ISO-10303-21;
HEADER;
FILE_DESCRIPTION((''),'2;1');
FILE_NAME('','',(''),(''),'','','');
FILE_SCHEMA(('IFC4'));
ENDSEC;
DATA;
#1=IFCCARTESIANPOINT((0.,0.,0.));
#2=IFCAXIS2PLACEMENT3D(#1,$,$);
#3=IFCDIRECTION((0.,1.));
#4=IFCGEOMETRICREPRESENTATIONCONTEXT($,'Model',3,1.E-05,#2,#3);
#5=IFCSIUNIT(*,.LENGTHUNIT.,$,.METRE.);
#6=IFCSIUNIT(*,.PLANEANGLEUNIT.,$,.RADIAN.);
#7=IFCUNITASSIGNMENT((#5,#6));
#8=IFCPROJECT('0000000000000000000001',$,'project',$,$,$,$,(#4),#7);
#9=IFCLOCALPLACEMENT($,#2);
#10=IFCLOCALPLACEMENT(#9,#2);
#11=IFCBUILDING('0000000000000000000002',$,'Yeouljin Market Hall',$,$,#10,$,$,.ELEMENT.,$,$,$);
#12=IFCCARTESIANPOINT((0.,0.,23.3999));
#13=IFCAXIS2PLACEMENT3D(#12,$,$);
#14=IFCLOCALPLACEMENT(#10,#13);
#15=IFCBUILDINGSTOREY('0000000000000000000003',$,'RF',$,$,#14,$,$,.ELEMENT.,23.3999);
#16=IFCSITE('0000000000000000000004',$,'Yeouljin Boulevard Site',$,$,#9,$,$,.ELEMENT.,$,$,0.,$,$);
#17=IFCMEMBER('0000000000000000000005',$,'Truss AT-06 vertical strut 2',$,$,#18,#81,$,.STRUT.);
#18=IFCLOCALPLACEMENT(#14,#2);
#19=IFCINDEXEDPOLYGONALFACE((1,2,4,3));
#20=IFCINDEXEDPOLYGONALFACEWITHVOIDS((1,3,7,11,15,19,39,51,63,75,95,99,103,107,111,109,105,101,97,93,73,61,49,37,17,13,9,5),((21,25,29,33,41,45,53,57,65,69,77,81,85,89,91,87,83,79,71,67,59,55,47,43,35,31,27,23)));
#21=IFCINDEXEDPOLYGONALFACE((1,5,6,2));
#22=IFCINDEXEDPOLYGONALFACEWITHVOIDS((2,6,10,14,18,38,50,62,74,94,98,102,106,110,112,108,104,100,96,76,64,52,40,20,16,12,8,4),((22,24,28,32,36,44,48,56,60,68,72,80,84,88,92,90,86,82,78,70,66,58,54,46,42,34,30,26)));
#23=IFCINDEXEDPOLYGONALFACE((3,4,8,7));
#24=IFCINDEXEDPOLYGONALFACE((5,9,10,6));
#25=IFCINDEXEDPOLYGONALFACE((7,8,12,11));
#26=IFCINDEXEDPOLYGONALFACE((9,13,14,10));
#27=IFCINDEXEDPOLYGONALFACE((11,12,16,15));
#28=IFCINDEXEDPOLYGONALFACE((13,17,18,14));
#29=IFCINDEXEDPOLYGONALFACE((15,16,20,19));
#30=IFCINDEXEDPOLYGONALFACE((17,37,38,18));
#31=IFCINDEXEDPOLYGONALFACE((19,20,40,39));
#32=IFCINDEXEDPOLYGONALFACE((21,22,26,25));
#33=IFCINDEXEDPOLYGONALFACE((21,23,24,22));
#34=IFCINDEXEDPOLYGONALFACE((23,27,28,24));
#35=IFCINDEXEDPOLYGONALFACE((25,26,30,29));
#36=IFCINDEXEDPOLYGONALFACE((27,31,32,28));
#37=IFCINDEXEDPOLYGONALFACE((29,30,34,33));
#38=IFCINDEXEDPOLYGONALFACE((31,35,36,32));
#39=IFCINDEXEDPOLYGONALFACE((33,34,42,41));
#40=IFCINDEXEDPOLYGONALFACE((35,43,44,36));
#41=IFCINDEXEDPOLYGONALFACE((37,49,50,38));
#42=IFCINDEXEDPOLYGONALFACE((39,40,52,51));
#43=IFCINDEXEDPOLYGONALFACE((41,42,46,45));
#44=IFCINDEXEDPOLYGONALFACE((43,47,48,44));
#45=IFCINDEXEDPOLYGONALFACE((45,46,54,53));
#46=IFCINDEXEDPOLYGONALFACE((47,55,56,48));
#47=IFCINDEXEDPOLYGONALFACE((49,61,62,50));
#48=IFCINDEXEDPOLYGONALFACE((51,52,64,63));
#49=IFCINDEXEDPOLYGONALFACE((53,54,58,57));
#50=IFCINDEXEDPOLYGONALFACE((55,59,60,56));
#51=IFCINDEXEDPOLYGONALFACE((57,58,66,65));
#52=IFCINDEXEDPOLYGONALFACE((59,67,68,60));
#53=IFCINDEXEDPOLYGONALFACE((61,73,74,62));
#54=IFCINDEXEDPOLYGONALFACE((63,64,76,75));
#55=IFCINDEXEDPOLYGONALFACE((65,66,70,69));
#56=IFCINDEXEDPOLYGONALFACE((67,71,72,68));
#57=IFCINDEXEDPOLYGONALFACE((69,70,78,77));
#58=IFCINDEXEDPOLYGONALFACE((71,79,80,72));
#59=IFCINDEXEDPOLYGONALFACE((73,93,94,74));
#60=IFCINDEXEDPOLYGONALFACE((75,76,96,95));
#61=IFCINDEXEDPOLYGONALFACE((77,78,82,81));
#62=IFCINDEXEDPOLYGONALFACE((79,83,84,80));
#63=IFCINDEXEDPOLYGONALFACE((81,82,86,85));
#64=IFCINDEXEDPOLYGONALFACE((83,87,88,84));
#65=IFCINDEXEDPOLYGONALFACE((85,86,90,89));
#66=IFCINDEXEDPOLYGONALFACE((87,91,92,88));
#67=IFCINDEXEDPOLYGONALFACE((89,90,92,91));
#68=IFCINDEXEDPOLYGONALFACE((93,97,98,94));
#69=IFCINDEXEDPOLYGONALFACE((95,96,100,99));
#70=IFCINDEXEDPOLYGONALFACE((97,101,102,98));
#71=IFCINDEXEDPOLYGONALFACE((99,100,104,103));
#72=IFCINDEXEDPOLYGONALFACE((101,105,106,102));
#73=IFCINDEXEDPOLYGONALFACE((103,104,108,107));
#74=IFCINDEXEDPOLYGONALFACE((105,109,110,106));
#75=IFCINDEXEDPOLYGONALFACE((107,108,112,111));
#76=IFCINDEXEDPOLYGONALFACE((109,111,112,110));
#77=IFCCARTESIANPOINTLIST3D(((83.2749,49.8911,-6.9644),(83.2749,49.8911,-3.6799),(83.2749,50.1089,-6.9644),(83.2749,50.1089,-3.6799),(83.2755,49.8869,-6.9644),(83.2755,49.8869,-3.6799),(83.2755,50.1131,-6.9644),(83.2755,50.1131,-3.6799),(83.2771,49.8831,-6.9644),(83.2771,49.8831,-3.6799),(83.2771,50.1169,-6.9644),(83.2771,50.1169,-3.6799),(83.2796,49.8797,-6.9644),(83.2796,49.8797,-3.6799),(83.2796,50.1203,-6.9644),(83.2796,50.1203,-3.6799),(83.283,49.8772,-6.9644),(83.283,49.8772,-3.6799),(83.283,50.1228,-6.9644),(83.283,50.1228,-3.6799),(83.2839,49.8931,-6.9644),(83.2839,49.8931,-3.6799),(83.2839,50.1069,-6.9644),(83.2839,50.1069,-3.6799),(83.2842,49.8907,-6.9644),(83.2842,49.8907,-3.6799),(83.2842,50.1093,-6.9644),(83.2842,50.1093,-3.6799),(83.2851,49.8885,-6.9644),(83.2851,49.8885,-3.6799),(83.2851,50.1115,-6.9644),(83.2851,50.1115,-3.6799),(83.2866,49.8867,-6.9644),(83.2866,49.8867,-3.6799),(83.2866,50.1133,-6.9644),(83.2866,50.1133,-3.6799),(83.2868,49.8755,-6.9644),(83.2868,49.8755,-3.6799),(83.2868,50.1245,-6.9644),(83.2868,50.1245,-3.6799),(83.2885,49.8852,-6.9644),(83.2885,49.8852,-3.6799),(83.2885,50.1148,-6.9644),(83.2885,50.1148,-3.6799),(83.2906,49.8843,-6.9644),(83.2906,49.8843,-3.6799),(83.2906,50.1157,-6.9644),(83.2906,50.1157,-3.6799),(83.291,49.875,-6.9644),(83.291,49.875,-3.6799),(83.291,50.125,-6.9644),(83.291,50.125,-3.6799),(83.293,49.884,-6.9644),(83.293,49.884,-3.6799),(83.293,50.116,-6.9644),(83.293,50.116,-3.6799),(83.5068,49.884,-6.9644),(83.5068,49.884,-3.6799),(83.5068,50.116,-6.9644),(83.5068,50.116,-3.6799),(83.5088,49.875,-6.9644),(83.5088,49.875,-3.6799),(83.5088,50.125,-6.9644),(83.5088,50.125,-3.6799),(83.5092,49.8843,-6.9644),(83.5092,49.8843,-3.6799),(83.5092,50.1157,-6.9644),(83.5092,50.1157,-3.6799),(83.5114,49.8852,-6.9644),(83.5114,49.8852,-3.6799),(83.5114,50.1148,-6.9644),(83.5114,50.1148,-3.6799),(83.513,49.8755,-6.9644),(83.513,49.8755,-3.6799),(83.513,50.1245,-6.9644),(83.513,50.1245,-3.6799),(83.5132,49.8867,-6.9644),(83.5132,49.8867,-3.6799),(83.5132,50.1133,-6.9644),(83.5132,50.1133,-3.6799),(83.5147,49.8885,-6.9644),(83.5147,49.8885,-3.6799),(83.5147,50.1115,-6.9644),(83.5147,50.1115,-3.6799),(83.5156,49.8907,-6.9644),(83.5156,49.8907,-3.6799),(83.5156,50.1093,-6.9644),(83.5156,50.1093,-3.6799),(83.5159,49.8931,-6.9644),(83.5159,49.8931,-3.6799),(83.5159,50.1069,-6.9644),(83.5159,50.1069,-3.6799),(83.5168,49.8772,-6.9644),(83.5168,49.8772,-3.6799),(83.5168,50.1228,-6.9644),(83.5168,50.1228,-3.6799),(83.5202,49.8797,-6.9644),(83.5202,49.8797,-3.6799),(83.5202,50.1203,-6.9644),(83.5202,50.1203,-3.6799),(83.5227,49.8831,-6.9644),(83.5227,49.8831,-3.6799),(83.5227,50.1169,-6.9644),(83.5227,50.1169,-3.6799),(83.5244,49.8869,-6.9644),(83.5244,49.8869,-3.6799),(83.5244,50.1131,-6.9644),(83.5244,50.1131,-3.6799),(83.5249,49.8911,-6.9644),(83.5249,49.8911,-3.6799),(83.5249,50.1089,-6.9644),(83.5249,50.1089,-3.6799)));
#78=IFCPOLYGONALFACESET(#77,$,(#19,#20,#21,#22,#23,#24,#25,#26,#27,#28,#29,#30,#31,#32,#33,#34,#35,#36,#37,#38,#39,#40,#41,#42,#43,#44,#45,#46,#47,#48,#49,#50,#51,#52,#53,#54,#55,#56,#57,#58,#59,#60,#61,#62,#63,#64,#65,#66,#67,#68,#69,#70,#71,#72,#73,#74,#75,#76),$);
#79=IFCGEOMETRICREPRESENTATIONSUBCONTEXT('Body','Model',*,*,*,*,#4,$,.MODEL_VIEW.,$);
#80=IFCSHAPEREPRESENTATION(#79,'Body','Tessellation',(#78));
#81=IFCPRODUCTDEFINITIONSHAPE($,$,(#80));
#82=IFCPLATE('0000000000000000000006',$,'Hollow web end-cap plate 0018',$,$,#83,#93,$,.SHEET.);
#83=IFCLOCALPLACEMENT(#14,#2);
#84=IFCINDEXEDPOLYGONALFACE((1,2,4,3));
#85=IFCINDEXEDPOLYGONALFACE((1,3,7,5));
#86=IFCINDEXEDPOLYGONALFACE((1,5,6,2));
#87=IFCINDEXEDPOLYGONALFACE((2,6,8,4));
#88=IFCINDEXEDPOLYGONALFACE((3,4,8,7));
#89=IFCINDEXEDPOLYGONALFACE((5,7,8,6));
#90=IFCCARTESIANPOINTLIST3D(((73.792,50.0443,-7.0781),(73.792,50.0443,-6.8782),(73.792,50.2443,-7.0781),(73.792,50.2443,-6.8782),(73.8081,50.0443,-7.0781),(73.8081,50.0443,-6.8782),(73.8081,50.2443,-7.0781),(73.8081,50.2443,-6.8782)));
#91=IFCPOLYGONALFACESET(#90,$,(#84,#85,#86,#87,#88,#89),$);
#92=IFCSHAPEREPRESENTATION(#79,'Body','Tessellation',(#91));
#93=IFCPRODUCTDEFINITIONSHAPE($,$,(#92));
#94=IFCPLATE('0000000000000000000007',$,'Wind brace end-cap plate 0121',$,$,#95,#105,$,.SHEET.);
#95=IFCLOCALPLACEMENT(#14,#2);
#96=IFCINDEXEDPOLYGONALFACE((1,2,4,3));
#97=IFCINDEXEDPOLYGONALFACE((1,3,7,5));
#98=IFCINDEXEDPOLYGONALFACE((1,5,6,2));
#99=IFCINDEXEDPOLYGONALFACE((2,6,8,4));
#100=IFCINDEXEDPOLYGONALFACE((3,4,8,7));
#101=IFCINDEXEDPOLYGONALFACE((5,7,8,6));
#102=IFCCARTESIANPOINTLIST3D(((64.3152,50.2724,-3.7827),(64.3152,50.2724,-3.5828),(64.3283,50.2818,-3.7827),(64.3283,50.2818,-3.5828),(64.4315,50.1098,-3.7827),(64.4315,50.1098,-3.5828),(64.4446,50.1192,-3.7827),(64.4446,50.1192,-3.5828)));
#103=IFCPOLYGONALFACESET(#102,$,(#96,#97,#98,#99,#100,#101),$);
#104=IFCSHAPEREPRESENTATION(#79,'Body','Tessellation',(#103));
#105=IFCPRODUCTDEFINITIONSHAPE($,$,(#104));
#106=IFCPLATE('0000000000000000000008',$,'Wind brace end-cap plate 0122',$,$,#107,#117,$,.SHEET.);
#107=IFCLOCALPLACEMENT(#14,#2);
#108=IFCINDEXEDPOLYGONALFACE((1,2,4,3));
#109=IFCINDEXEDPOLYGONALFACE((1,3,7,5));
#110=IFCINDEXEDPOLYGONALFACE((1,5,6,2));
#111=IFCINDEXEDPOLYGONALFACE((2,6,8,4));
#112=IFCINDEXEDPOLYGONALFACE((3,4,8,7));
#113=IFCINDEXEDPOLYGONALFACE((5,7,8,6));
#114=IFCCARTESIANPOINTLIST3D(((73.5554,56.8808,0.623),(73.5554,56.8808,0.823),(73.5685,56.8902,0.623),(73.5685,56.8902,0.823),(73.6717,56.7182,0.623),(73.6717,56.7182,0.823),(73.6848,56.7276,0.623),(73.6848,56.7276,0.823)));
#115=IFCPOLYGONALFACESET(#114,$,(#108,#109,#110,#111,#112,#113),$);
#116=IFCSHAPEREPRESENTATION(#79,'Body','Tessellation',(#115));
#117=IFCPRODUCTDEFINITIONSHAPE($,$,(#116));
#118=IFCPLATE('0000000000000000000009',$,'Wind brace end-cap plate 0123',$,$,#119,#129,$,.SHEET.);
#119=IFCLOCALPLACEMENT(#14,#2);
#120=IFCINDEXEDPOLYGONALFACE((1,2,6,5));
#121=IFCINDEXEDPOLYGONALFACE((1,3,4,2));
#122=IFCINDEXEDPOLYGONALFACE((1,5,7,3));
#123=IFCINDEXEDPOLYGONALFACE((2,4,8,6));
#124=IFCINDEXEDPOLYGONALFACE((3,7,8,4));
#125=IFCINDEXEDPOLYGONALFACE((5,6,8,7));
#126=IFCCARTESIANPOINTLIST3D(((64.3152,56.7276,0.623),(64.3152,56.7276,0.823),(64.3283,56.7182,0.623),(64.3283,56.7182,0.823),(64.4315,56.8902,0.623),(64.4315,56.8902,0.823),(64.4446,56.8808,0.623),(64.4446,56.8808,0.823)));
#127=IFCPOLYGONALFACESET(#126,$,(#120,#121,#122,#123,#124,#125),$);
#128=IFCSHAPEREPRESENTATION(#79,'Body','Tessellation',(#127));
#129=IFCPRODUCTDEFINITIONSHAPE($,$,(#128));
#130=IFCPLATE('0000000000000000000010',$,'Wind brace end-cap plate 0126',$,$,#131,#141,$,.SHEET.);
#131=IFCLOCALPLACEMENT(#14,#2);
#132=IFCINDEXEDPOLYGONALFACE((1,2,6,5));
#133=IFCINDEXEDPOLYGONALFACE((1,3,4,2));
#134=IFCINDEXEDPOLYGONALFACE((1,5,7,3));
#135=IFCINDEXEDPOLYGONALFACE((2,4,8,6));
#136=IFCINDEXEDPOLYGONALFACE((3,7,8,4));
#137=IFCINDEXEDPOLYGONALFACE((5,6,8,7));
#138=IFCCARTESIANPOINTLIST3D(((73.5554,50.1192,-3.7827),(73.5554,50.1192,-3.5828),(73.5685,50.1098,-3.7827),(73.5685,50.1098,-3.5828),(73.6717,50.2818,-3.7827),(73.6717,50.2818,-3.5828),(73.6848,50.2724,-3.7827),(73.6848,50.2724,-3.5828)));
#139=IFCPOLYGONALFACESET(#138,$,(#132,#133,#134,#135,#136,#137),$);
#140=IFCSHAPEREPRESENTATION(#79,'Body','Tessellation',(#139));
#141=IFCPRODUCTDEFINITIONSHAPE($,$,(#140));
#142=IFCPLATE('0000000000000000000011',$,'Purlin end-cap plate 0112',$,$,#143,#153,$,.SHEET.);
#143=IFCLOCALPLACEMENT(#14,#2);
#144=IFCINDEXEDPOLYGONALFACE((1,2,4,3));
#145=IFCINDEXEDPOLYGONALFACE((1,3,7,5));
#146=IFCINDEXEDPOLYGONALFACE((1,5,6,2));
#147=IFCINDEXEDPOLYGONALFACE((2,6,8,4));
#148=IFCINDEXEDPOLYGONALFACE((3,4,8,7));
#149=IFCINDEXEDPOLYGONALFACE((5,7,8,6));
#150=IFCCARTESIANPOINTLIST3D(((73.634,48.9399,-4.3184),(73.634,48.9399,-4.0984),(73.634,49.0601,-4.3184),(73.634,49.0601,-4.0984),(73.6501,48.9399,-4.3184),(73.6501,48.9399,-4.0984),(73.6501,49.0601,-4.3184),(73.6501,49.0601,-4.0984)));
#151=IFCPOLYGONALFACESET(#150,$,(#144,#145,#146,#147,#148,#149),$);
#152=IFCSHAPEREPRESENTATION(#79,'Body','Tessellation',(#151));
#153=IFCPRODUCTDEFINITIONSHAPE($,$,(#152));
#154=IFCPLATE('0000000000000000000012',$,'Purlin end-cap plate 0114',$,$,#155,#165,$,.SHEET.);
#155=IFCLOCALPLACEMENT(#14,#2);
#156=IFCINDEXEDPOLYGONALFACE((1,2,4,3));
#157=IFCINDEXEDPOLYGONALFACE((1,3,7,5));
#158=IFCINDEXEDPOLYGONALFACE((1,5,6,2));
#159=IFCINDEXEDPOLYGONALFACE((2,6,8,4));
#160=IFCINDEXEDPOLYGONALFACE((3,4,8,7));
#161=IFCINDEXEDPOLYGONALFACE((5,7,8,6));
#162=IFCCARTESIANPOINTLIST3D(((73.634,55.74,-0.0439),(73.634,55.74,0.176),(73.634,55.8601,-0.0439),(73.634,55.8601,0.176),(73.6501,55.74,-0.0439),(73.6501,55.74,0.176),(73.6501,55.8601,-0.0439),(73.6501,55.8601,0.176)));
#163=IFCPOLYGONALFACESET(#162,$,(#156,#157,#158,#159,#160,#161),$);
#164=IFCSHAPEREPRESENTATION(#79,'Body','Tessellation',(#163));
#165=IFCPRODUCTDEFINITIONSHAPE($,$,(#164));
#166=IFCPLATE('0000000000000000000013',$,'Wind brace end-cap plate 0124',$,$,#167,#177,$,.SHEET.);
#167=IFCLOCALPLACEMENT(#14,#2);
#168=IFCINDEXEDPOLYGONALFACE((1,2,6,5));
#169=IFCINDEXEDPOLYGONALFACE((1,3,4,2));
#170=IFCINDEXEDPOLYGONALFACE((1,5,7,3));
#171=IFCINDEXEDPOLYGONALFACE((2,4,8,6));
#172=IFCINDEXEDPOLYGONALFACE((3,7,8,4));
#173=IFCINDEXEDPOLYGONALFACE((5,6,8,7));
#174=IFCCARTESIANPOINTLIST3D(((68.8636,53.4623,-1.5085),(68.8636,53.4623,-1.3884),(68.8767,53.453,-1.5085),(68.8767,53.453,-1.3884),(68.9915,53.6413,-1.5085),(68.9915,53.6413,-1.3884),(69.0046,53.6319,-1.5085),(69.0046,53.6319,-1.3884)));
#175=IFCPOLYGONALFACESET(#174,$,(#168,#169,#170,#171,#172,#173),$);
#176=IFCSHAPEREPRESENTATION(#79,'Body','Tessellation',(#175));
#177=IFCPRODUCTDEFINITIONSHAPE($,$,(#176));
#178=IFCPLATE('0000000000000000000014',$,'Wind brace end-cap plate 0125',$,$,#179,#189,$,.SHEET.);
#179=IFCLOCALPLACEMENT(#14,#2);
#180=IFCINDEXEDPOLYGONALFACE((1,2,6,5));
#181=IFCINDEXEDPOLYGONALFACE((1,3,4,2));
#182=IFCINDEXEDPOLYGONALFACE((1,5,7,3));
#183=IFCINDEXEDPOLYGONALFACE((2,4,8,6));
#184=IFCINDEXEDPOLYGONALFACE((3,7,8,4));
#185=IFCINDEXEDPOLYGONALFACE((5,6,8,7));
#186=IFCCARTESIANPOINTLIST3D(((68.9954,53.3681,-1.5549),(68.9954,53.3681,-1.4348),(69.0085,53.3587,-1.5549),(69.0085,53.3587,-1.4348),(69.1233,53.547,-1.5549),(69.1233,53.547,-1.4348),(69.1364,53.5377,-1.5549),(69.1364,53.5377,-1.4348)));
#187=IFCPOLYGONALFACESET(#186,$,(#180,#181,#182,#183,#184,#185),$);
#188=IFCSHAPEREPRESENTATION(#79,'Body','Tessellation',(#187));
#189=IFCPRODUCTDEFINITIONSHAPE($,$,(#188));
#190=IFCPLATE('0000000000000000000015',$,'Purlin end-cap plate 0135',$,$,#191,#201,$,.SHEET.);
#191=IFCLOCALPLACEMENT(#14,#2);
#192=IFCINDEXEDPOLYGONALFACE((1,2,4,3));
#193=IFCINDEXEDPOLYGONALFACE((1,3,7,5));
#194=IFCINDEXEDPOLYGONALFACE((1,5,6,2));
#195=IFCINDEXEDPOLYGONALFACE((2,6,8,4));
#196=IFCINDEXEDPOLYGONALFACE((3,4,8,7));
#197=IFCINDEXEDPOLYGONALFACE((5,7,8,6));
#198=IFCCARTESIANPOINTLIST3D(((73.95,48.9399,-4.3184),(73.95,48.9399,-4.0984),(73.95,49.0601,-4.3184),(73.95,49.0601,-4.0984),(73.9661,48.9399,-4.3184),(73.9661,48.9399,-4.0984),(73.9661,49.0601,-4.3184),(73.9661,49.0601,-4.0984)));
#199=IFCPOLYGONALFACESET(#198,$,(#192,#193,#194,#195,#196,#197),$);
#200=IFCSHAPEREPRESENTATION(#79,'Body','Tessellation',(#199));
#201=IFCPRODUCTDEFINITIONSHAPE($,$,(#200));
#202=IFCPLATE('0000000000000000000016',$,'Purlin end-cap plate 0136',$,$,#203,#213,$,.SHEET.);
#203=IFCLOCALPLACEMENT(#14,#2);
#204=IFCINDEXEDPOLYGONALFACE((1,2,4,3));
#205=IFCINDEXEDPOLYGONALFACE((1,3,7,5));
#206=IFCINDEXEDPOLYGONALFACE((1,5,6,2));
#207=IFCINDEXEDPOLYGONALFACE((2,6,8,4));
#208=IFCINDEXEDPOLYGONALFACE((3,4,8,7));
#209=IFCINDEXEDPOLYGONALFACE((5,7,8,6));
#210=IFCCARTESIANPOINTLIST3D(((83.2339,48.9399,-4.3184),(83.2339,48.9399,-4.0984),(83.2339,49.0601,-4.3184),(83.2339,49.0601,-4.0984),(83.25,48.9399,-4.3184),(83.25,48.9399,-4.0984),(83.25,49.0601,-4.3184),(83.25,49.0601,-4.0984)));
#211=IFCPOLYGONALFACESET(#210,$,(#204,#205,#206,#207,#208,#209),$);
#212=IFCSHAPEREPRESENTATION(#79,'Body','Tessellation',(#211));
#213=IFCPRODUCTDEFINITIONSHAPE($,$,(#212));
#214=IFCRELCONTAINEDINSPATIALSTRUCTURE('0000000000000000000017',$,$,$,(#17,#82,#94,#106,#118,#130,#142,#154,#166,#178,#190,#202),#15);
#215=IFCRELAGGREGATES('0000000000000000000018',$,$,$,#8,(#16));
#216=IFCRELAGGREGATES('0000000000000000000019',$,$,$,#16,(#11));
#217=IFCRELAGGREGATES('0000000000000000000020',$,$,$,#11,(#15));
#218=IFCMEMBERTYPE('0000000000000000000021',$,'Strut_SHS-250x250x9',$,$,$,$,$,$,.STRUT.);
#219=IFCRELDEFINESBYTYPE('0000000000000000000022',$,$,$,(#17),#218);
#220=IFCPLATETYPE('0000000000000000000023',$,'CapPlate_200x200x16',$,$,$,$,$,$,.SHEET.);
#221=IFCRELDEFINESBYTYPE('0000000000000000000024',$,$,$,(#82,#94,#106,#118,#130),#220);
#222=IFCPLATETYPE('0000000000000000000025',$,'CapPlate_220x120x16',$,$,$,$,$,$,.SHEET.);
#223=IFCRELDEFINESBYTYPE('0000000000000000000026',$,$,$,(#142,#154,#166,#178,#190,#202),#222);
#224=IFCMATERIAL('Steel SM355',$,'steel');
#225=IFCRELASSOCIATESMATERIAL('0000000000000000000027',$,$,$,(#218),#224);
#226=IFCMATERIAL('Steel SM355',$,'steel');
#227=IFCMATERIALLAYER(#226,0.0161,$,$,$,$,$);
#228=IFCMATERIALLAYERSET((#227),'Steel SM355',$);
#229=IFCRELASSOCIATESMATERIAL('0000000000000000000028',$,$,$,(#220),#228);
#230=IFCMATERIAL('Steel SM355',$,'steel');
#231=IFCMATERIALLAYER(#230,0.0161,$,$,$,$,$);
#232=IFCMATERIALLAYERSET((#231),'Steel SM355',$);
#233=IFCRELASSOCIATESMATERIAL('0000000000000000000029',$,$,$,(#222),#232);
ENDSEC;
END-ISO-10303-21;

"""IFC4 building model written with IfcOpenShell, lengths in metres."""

from ifc_helpers import new_model, si_unit, direction, frame, origin, origin_2d, place, context, subcontext, project, spatial, rectangle, hollow_rectangle, extrude, material, layer, layer_set, material_profile, profile_set, type_object, element, save


model = new_model("IFC4")

# Units and contexts
model_context = context("Model", 3, precision=1e-05, world=origin(), true_north=direction((0.0, 1.0)))
body_context = subcontext(model_context, "Body", "Model", "MODEL_VIEW")
ifc_project = project(units=[si_unit("LENGTHUNIT", "METRE"), si_unit("PLANEANGLEUNIT", "RADIAN")], contexts=[model_context])

# Site, building, storey
site_placement = place(None, origin())
site = spatial("IfcSite", under=ifc_project, at=site_placement, Name="Yeouljin Boulevard Site", CompositionType="ELEMENT", RefElevation=0.0)
building_placement = place(site_placement, origin())
building = spatial("IfcBuilding", under=site, at=building_placement, Name="Yeouljin Market Hall", CompositionType="ELEMENT")
storey_placement = place(building_placement, frame((0.0, 0.0, 23.3999)))
storey = spatial("IfcBuildingStorey", under=building, at=storey_placement, Name="RF", CompositionType="ELEMENT", Elevation=23.3999)

# Member
ifc_material_1 = material(Name="Steel SM355", Category="steel")
ifc_material_profile_1 = material_profile(ifc_material_1, hollow_rectangle(XDim=0.25, YDim=0.25, WallThickness=0.009, InnerFilletRadius=0.009, OuterFilletRadius=0.0161, at=origin_2d()), Name="SHS-250x250x9")
ifc_profile_set_1 = profile_set([ifc_material_profile_1], Name="Steel SM355")
member_type_1 = type_object("IfcMemberType", Name="Strut_SHS-250x250x9", PredefinedType="STRUT", material=ifc_profile_set_1)
for number, where, z_axis, x_axis, name in (
    (1, (83.3999, 50.0, -6.9644), (0.0, 0.0, 1.0), (1.0, 0.0, 0.0), "Truss AT-06 vertical strut 2"),
):
    element("IfcMember", number, at=place(storey_placement, frame(where, z_axis=z_axis, x_axis=x_axis)), inside=storey, type_object=member_type_1, Name=name, PredefinedType="STRUT", context=body_context, shape_type="SweptSolid", body=[
        extrude(hollow_rectangle(XDim=0.25, YDim=0.25, WallThickness=0.009, InnerFilletRadius=0.009, OuterFilletRadius=0.0161, at=origin_2d()), origin(), (0.0, 0.0, 1.0), 3.2844),
    ])

# Plates
ifc_material_2 = material(Name="Steel SM355", Category="steel")
ifc_layer_1 = layer(ifc_material_2, 0.0161)
ifc_layer_set_1 = layer_set([ifc_layer_1], Name="Steel SM355")
plate_type_1 = type_object("IfcPlateType", Name="CapPlate_200x200x16", PredefinedType="SHEET", material=ifc_layer_set_1)
for number, where, z_axis, x_axis, name in (
    (2, (73.8, 50.1443, -7.0781), (0.0, 0.0, 1.0), (0.0, 1.0, 0.0), "Hollow web end-cap plate 0018"),
    (3, (64.3799, 50.1958, -3.7827), (0.0, 0.0, 1.0), (-0.581697, 0.813405, 0.0), "Wind brace end-cap plate 0121"),
    (4, (73.6201, 56.8042, 0.623), (0.0, 0.0, 1.0), (-0.581697, 0.813405, 0.0), "Wind brace end-cap plate 0122"),
    (5, (64.3799, 56.8042, 0.623), (0.0, 0.0, 1.0), (0.581697, 0.813405, 0.0), "Wind brace end-cap plate 0123"),
    (6, (73.6201, 50.1958, -3.7827), (0.0, 0.0, 1.0), (0.581697, 0.813405, 0.0), "Wind brace end-cap plate 0126"),
):
    element("IfcPlate", number, at=place(storey_placement, frame(where, z_axis=z_axis, x_axis=x_axis)), inside=storey, type_object=plate_type_1, Name=name, PredefinedType="SHEET", context=body_context, shape_type="SweptSolid", body=[
        extrude(rectangle(XDim=0.2, YDim=0.0161, at=origin_2d()), origin(), (0.0, 0.0, 1.0), 0.2),
    ])
ifc_material_3 = material(Name="Steel SM355", Category="steel")
ifc_layer_2 = layer(ifc_material_3, 0.0161)
ifc_layer_set_2 = layer_set([ifc_layer_2], Name="Steel SM355")
plate_type_2 = type_object("IfcPlateType", Name="CapPlate_220x120x16", PredefinedType="SHEET", material=ifc_layer_set_2)
for number, where, z_axis, x_axis, name in (
    (7, (73.6421, 49.0, -4.3184), (0.0, 0.0, 1.0), (0.0, 1.0, 0.0), "Purlin end-cap plate 0112"),
    (8, (73.6421, 55.8, -0.0439), (0.0, 0.0, 1.0), (0.0, 1.0, 0.0), "Purlin end-cap plate 0114"),
):
    element("IfcPlate", number, at=place(storey_placement, frame(where, z_axis=z_axis, x_axis=x_axis)), inside=storey, type_object=plate_type_2, Name=name, PredefinedType="SHEET", context=body_context, shape_type="SweptSolid", body=[
        extrude(rectangle(XDim=0.1201, YDim=0.0161, at=origin_2d()), origin(), (0.0, 0.0, 1.0), 0.22),
    ])
for number, where, z_axis, x_axis, name in (
    (9, (68.9341, 53.5471, -1.5085), (0.0, 0.0, 1.0), (0.581697, 0.813405, 0.0), "Wind brace end-cap plate 0124"),
    (10, (69.0659, 53.4529, -1.5549), (0.0, 0.0, 1.0), (0.581697, 0.813405, 0.0), "Wind brace end-cap plate 0125"),
):
    element("IfcPlate", number, at=place(storey_placement, frame(where, z_axis=z_axis, x_axis=x_axis)), inside=storey, type_object=plate_type_2, Name=name, PredefinedType="SHEET", context=body_context, shape_type="SweptSolid", body=[
        extrude(rectangle(XDim=0.22, YDim=0.0161, at=origin_2d()), origin(), (0.0, 0.0, 1.0), 0.1201),
    ])
for number, where, z_axis, x_axis, name in (
    (11, (73.958, 49.0, -4.3184), (0.0, 0.0, 1.0), (0.0, 1.0, 0.0), "Purlin end-cap plate 0135"),
    (12, (83.2419, 49.0, -4.3184), (0.0, 0.0, 1.0), (0.0, 1.0, 0.0), "Purlin end-cap plate 0136"),
):
    element("IfcPlate", number, at=place(storey_placement, frame(where, z_axis=z_axis, x_axis=x_axis)), inside=storey, type_object=plate_type_2, Name=name, PredefinedType="SHEET", context=body_context, shape_type="SweptSolid", body=[
        extrude(rectangle(XDim=0.1201, YDim=0.0161, at=origin_2d()), origin(), (0.0, 0.0, 1.0), 0.22),
    ])

save(model, "model.ifc")
